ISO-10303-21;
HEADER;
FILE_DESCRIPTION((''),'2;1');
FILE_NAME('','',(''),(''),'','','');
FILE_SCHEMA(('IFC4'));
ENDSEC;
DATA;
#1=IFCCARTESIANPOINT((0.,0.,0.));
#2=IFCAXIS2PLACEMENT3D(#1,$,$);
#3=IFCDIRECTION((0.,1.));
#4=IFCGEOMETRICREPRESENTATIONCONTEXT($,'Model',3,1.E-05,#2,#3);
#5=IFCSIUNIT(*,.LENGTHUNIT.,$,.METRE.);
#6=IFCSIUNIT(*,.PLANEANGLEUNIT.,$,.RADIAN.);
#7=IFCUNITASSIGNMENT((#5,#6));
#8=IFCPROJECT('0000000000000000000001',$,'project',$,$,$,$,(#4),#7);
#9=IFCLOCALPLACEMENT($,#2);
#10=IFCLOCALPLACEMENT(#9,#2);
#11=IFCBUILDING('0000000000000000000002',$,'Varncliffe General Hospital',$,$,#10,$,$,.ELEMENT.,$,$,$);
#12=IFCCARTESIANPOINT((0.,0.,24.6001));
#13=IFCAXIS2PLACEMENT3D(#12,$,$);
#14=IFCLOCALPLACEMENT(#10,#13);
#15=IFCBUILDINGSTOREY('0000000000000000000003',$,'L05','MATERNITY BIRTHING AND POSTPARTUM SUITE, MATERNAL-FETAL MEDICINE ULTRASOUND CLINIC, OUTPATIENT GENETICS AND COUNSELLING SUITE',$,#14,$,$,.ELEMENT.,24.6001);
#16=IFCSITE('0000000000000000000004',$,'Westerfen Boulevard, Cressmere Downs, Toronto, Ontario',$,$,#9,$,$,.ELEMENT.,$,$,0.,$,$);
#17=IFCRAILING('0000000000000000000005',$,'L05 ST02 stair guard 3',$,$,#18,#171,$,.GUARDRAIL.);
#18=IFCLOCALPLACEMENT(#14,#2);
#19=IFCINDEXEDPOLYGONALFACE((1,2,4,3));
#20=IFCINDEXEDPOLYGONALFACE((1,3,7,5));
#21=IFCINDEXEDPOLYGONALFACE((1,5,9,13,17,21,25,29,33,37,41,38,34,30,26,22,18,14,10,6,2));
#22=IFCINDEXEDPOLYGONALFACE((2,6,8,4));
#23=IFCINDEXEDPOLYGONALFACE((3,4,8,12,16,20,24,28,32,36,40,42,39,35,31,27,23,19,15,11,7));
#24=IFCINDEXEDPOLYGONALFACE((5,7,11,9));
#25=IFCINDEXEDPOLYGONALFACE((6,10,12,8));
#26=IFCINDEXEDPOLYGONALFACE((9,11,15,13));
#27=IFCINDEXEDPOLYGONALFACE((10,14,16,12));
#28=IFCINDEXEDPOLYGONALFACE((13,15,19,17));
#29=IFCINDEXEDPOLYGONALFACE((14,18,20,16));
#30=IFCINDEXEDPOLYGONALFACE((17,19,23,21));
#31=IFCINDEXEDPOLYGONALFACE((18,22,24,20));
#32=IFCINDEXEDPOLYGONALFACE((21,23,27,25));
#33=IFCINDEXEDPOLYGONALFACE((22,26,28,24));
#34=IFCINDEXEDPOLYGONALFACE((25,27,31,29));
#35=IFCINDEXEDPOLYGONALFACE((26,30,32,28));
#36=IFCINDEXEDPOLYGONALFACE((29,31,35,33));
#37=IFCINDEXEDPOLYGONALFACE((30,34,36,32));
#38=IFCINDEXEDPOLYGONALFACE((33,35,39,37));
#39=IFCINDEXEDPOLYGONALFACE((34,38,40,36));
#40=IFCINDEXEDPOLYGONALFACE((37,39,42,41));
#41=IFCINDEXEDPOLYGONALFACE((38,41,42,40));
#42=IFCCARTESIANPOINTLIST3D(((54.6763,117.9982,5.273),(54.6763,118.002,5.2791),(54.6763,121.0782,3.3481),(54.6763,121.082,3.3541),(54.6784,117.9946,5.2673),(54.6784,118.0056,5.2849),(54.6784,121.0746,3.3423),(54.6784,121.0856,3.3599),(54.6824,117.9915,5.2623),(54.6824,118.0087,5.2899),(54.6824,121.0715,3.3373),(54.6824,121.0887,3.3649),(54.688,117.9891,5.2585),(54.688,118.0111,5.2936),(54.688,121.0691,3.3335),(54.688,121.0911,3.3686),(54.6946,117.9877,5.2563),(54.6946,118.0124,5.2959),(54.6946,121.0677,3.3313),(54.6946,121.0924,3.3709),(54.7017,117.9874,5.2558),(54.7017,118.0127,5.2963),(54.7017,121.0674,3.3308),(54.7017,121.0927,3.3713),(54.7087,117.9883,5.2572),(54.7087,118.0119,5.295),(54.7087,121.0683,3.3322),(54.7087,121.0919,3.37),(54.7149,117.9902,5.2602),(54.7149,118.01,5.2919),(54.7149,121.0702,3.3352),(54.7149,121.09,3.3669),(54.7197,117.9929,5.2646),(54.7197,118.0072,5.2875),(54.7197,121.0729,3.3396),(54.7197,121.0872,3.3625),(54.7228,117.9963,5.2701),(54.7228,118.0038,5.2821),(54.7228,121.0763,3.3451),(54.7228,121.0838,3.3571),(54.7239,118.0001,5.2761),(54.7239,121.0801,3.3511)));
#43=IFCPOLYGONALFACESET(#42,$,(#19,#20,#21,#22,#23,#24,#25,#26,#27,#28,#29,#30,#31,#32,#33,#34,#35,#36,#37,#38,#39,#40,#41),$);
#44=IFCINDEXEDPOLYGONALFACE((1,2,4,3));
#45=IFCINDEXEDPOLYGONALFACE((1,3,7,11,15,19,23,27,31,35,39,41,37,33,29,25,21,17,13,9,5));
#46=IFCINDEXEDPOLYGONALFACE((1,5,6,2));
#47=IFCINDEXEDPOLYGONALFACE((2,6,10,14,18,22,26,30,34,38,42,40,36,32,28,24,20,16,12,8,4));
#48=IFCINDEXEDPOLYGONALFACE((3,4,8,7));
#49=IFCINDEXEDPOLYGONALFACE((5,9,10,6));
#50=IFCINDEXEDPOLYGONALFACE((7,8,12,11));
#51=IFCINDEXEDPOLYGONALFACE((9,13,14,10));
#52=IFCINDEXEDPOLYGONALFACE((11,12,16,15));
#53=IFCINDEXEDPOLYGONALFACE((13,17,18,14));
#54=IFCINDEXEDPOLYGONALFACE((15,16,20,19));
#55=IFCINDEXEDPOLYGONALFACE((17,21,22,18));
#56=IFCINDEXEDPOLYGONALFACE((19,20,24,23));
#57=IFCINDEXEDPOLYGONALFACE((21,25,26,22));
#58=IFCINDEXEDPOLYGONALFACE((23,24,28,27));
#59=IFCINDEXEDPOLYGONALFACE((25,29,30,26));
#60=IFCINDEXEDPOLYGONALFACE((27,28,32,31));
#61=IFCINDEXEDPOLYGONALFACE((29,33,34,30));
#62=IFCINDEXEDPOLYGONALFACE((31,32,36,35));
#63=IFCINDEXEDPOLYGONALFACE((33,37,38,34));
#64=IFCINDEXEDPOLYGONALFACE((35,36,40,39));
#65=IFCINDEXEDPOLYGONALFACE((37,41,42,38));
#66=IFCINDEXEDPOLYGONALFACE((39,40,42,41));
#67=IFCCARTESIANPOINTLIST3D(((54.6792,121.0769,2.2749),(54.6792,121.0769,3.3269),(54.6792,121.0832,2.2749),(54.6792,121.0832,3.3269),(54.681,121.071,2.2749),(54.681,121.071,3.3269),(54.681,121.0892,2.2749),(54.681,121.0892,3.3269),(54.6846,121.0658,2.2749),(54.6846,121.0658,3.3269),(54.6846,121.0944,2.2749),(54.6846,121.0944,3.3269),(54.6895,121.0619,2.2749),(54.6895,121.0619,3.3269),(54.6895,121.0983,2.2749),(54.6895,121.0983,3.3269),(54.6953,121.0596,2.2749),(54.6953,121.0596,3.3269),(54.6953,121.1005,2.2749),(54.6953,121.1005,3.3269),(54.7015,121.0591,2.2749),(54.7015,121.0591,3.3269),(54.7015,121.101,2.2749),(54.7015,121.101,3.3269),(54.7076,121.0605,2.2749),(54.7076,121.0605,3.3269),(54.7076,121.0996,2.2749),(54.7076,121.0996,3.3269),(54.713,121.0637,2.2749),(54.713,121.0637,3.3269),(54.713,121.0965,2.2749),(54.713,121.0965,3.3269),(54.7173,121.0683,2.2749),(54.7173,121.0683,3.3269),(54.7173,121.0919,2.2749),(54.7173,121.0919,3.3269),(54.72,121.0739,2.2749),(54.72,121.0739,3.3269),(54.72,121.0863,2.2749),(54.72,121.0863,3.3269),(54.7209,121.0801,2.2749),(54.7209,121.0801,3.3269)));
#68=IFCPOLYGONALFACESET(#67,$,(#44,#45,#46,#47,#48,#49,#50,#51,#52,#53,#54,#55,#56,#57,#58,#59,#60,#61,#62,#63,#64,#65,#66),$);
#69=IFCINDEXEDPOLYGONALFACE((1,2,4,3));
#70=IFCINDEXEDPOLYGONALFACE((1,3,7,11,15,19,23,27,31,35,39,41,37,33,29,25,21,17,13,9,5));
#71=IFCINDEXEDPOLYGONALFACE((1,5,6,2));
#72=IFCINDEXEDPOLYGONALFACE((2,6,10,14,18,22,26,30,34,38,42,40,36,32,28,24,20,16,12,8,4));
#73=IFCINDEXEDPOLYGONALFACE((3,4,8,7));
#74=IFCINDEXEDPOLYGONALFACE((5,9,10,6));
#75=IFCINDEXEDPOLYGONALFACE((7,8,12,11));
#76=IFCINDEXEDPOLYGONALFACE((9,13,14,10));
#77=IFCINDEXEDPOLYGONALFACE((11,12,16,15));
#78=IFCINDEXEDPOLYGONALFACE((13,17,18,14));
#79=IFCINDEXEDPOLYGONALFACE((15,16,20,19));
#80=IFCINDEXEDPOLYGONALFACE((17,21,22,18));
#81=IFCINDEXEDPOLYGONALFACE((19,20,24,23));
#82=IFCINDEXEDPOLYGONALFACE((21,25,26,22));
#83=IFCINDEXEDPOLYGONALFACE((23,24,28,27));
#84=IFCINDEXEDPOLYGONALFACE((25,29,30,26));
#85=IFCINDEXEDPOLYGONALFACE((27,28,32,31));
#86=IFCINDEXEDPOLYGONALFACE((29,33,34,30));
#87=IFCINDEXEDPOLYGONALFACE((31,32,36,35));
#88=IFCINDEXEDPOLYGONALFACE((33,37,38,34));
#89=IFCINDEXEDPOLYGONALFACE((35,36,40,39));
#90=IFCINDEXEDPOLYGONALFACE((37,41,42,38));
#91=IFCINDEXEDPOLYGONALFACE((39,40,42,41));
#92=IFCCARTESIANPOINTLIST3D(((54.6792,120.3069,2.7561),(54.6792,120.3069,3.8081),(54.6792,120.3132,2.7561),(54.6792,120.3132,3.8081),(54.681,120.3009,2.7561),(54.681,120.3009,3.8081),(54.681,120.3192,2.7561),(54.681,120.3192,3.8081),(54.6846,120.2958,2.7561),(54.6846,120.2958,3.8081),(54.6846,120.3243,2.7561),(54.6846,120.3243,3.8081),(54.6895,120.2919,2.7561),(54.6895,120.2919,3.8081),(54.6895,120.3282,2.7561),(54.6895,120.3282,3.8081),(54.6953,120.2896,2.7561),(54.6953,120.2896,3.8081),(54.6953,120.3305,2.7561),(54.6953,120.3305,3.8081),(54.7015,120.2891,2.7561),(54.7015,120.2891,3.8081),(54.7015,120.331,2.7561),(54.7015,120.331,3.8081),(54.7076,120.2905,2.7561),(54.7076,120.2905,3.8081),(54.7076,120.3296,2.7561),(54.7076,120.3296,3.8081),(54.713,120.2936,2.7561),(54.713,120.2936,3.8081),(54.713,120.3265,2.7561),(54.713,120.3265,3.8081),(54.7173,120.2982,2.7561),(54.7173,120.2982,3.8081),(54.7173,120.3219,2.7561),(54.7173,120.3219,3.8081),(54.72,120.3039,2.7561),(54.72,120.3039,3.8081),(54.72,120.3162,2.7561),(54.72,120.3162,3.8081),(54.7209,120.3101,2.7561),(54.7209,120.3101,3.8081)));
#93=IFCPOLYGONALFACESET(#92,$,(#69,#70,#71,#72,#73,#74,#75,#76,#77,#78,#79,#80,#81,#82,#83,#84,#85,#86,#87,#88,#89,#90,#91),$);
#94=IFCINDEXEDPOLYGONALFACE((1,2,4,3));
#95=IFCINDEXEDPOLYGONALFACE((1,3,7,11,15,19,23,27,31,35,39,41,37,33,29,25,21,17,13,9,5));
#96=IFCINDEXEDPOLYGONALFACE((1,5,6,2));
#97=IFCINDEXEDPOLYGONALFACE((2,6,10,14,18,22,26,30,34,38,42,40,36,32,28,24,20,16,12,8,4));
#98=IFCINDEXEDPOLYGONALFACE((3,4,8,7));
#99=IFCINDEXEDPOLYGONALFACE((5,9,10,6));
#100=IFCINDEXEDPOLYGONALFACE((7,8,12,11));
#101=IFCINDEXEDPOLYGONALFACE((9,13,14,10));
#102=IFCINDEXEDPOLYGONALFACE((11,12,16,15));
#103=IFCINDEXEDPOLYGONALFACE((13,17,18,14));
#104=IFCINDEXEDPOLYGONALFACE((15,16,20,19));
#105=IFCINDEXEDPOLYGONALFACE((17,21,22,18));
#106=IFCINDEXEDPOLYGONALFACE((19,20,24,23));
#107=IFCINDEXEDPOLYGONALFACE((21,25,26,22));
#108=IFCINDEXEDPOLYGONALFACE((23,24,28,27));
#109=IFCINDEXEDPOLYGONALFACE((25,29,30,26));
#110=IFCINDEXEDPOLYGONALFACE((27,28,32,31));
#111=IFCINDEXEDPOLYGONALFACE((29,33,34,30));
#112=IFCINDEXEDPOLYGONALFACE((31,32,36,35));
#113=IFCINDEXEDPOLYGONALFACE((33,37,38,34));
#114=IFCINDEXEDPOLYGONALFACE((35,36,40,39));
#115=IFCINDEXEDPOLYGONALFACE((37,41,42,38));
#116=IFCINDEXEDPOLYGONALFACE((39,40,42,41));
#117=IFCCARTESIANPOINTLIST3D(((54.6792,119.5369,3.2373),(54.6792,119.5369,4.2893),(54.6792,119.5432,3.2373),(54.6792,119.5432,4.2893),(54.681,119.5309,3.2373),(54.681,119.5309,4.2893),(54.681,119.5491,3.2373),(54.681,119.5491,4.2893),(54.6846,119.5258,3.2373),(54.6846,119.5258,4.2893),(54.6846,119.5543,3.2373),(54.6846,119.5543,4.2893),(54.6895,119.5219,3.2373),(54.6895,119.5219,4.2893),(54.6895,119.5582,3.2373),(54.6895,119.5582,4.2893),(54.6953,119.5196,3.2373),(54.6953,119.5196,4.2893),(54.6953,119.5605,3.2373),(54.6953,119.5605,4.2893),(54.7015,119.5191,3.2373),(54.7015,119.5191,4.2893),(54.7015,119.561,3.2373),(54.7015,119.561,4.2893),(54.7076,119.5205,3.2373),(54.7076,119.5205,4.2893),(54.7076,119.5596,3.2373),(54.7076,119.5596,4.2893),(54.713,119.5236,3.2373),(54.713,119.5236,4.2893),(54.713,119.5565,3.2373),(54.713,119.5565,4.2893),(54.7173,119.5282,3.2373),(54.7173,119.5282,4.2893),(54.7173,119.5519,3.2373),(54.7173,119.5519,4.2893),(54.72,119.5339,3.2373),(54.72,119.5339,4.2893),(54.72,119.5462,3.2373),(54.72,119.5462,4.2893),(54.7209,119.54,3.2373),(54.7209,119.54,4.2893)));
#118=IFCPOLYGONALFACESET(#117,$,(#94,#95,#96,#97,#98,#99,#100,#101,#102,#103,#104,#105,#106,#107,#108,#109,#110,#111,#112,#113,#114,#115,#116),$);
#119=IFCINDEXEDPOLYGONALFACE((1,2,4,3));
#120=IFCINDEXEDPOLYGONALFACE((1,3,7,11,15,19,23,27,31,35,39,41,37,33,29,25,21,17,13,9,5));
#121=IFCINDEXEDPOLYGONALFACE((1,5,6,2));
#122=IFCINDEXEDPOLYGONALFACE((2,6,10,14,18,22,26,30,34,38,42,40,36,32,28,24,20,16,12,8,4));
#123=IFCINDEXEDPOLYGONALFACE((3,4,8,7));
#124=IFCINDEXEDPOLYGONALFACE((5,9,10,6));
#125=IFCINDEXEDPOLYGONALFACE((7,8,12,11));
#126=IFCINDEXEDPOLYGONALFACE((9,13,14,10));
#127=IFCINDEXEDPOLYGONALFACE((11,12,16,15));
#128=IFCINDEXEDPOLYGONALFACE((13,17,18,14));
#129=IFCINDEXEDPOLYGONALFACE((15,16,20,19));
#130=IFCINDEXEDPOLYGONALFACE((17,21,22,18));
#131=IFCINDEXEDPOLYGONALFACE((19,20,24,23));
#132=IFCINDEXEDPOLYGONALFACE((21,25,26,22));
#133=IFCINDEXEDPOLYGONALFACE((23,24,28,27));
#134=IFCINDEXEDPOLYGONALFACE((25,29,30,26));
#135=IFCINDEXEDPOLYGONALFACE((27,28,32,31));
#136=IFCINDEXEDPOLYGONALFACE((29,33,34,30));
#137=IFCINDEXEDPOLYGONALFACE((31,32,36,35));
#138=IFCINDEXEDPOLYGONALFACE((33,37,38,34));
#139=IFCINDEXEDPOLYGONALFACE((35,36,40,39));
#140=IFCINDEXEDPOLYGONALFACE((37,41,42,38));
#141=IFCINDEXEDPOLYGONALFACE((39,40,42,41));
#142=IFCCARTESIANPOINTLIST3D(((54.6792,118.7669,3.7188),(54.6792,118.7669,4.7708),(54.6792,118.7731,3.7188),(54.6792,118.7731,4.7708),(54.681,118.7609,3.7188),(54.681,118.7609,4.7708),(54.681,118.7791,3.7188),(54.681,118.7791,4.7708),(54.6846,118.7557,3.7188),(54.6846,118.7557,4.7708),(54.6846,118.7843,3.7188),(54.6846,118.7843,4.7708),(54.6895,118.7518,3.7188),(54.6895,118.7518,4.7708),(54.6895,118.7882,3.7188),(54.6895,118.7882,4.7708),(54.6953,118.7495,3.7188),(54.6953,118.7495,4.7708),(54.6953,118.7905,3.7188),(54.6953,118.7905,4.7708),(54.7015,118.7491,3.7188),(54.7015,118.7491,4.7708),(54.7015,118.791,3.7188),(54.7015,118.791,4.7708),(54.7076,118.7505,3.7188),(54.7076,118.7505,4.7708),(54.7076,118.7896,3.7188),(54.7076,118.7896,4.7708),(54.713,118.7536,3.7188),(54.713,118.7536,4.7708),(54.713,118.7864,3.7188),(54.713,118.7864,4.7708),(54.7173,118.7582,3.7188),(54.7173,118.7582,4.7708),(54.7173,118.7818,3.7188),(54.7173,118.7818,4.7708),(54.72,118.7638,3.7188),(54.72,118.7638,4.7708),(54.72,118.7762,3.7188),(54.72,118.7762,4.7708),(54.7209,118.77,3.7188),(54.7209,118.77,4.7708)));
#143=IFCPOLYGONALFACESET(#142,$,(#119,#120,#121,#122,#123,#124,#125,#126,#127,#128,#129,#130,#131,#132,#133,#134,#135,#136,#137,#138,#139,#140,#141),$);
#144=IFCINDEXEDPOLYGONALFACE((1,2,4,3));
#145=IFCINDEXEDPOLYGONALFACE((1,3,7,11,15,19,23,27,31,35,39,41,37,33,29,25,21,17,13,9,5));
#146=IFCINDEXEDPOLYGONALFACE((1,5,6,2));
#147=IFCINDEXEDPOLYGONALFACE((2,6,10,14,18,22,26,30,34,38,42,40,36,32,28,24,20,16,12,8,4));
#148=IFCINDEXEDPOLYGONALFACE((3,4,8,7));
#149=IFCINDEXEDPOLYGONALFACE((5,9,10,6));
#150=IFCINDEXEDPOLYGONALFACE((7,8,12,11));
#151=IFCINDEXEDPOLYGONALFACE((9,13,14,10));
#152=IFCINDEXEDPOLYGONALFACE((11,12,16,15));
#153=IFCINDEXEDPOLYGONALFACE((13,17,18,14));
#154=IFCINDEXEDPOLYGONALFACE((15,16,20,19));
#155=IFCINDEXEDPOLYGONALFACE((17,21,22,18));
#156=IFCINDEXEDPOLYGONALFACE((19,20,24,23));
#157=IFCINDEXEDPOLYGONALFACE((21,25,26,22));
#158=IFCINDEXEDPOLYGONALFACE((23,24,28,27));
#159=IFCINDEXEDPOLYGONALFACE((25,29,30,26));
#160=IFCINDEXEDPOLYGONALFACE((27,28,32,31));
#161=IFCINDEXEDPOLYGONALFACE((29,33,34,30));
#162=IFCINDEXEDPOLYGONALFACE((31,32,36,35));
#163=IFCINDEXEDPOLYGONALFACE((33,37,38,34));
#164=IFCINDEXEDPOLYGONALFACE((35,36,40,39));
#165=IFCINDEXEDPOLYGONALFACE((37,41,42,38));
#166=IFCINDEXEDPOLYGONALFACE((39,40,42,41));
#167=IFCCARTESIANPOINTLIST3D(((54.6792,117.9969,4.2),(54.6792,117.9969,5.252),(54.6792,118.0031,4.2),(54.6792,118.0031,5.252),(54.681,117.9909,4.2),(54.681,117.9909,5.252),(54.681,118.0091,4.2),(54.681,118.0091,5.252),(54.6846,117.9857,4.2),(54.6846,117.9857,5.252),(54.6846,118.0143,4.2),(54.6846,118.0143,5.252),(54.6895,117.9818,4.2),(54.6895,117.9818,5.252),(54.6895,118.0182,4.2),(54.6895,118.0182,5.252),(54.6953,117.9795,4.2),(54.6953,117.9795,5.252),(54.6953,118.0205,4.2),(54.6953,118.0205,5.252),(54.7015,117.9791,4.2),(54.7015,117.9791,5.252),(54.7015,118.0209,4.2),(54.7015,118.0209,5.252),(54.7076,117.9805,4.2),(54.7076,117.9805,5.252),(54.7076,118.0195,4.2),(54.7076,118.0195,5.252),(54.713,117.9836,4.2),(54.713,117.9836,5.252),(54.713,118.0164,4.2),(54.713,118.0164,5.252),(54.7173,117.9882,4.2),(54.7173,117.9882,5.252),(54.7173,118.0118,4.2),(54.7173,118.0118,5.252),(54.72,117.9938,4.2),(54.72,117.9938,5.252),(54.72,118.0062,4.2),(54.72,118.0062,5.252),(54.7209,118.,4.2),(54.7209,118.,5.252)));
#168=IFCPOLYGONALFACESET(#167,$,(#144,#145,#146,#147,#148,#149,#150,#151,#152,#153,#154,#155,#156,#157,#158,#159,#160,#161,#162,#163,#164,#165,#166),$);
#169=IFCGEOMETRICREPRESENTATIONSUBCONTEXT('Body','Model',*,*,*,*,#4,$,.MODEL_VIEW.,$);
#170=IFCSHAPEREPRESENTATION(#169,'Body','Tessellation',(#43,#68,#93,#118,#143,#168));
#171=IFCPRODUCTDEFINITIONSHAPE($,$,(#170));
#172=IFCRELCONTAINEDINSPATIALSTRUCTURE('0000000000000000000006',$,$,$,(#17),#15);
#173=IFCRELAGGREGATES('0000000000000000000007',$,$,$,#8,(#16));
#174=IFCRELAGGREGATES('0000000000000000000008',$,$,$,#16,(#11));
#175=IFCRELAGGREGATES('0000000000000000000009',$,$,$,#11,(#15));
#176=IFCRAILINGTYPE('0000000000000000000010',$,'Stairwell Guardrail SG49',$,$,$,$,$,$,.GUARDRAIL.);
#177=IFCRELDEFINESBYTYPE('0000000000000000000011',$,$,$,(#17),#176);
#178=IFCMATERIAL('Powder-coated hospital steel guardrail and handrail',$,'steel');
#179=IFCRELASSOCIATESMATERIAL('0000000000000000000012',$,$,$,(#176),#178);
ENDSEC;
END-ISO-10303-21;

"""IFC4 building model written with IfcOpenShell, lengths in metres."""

from ifc_helpers import new_model, si_unit, direction, frame, origin, origin_2d, place, context, subcontext, project, spatial, circle, extrude, material, type_object, element, save


model = new_model("IFC4")

# Units and contexts
model_context = context("Model", 3, precision=1e-05, world=origin(), true_north=direction((0.0, 1.0)))
body_context = subcontext(model_context, "Body", "Model", "MODEL_VIEW")
ifc_project = project(units=[si_unit("LENGTHUNIT", "METRE"), si_unit("PLANEANGLEUNIT", "RADIAN")], contexts=[model_context])

# Site, building, storey
site_placement = place(None, origin())
site = spatial("IfcSite", under=ifc_project, at=site_placement, Name="Westerfen Boulevard, Cressmere Downs, Toronto, Ontario", CompositionType="ELEMENT", RefElevation=0.0)
building_placement = place(site_placement, origin())
building = spatial("IfcBuilding", under=site, at=building_placement, Name="Varncliffe General Hospital", CompositionType="ELEMENT")
storey_placement = place(building_placement, frame((0.0, 0.0, 24.6001)))
storey = spatial("IfcBuildingStorey", under=building, at=storey_placement, Name="L05", Description="MATERNITY BIRTHING AND POSTPARTUM SUITE, MATERNAL-FETAL MEDICINE ULTRASOUND CLINIC, OUTPATIENT GENETICS AND COUNSELLING SUITE", CompositionType="ELEMENT", Elevation=24.6001)

# Railing
ifc_material_1 = material(Name="Powder-coated hospital steel guardrail and handrail", Category="steel")
railing_type_1 = type_object("IfcRailingType", Name="Stairwell Guardrail SG49", PredefinedType="GUARDRAIL", material=ifc_material_1)
railing_1_placement = place(storey_placement, frame((54.7, 121.0801, 2.2749)))
element("IfcRailing", 1, at=railing_1_placement, inside=storey, type_object=railing_type_1, Name="L05 ST02 stair guard 3", PredefinedType="GUARDRAIL", context=body_context, shape_type="SweptSolid", body=[
    extrude(circle(Radius=0.0239, at=origin_2d()), frame((0.0, 0.0, 1.0762), z_axis=(0.0, -0.847998, 0.529999), x_axis=(1.0, 0.0, 0.0)), (0.0, 0.0, 1.0), 3.6321),
    extrude(circle(Radius=0.021, at=origin_2d()), origin(), (0.0, 0.0, 1.0), 1.052),
    extrude(circle(Radius=0.021, at=origin_2d()), frame((0.0, -0.77, 0.4812)), (0.0, 0.0, 1.0), 1.052),
    extrude(circle(Radius=0.021, at=origin_2d()), frame((0.0, -1.54, 0.9624)), (0.0, 0.0, 1.0), 1.052),
    extrude(circle(Radius=0.021, at=origin_2d()), frame((0.0, -2.3101, 1.4438)), (0.0, 0.0, 1.0), 1.052),
    extrude(circle(Radius=0.021, at=origin_2d()), frame((0.0, -3.0801, 1.925)), (0.0, 0.0, 1.0), 1.052),
])

save(model, "model.ifc")
